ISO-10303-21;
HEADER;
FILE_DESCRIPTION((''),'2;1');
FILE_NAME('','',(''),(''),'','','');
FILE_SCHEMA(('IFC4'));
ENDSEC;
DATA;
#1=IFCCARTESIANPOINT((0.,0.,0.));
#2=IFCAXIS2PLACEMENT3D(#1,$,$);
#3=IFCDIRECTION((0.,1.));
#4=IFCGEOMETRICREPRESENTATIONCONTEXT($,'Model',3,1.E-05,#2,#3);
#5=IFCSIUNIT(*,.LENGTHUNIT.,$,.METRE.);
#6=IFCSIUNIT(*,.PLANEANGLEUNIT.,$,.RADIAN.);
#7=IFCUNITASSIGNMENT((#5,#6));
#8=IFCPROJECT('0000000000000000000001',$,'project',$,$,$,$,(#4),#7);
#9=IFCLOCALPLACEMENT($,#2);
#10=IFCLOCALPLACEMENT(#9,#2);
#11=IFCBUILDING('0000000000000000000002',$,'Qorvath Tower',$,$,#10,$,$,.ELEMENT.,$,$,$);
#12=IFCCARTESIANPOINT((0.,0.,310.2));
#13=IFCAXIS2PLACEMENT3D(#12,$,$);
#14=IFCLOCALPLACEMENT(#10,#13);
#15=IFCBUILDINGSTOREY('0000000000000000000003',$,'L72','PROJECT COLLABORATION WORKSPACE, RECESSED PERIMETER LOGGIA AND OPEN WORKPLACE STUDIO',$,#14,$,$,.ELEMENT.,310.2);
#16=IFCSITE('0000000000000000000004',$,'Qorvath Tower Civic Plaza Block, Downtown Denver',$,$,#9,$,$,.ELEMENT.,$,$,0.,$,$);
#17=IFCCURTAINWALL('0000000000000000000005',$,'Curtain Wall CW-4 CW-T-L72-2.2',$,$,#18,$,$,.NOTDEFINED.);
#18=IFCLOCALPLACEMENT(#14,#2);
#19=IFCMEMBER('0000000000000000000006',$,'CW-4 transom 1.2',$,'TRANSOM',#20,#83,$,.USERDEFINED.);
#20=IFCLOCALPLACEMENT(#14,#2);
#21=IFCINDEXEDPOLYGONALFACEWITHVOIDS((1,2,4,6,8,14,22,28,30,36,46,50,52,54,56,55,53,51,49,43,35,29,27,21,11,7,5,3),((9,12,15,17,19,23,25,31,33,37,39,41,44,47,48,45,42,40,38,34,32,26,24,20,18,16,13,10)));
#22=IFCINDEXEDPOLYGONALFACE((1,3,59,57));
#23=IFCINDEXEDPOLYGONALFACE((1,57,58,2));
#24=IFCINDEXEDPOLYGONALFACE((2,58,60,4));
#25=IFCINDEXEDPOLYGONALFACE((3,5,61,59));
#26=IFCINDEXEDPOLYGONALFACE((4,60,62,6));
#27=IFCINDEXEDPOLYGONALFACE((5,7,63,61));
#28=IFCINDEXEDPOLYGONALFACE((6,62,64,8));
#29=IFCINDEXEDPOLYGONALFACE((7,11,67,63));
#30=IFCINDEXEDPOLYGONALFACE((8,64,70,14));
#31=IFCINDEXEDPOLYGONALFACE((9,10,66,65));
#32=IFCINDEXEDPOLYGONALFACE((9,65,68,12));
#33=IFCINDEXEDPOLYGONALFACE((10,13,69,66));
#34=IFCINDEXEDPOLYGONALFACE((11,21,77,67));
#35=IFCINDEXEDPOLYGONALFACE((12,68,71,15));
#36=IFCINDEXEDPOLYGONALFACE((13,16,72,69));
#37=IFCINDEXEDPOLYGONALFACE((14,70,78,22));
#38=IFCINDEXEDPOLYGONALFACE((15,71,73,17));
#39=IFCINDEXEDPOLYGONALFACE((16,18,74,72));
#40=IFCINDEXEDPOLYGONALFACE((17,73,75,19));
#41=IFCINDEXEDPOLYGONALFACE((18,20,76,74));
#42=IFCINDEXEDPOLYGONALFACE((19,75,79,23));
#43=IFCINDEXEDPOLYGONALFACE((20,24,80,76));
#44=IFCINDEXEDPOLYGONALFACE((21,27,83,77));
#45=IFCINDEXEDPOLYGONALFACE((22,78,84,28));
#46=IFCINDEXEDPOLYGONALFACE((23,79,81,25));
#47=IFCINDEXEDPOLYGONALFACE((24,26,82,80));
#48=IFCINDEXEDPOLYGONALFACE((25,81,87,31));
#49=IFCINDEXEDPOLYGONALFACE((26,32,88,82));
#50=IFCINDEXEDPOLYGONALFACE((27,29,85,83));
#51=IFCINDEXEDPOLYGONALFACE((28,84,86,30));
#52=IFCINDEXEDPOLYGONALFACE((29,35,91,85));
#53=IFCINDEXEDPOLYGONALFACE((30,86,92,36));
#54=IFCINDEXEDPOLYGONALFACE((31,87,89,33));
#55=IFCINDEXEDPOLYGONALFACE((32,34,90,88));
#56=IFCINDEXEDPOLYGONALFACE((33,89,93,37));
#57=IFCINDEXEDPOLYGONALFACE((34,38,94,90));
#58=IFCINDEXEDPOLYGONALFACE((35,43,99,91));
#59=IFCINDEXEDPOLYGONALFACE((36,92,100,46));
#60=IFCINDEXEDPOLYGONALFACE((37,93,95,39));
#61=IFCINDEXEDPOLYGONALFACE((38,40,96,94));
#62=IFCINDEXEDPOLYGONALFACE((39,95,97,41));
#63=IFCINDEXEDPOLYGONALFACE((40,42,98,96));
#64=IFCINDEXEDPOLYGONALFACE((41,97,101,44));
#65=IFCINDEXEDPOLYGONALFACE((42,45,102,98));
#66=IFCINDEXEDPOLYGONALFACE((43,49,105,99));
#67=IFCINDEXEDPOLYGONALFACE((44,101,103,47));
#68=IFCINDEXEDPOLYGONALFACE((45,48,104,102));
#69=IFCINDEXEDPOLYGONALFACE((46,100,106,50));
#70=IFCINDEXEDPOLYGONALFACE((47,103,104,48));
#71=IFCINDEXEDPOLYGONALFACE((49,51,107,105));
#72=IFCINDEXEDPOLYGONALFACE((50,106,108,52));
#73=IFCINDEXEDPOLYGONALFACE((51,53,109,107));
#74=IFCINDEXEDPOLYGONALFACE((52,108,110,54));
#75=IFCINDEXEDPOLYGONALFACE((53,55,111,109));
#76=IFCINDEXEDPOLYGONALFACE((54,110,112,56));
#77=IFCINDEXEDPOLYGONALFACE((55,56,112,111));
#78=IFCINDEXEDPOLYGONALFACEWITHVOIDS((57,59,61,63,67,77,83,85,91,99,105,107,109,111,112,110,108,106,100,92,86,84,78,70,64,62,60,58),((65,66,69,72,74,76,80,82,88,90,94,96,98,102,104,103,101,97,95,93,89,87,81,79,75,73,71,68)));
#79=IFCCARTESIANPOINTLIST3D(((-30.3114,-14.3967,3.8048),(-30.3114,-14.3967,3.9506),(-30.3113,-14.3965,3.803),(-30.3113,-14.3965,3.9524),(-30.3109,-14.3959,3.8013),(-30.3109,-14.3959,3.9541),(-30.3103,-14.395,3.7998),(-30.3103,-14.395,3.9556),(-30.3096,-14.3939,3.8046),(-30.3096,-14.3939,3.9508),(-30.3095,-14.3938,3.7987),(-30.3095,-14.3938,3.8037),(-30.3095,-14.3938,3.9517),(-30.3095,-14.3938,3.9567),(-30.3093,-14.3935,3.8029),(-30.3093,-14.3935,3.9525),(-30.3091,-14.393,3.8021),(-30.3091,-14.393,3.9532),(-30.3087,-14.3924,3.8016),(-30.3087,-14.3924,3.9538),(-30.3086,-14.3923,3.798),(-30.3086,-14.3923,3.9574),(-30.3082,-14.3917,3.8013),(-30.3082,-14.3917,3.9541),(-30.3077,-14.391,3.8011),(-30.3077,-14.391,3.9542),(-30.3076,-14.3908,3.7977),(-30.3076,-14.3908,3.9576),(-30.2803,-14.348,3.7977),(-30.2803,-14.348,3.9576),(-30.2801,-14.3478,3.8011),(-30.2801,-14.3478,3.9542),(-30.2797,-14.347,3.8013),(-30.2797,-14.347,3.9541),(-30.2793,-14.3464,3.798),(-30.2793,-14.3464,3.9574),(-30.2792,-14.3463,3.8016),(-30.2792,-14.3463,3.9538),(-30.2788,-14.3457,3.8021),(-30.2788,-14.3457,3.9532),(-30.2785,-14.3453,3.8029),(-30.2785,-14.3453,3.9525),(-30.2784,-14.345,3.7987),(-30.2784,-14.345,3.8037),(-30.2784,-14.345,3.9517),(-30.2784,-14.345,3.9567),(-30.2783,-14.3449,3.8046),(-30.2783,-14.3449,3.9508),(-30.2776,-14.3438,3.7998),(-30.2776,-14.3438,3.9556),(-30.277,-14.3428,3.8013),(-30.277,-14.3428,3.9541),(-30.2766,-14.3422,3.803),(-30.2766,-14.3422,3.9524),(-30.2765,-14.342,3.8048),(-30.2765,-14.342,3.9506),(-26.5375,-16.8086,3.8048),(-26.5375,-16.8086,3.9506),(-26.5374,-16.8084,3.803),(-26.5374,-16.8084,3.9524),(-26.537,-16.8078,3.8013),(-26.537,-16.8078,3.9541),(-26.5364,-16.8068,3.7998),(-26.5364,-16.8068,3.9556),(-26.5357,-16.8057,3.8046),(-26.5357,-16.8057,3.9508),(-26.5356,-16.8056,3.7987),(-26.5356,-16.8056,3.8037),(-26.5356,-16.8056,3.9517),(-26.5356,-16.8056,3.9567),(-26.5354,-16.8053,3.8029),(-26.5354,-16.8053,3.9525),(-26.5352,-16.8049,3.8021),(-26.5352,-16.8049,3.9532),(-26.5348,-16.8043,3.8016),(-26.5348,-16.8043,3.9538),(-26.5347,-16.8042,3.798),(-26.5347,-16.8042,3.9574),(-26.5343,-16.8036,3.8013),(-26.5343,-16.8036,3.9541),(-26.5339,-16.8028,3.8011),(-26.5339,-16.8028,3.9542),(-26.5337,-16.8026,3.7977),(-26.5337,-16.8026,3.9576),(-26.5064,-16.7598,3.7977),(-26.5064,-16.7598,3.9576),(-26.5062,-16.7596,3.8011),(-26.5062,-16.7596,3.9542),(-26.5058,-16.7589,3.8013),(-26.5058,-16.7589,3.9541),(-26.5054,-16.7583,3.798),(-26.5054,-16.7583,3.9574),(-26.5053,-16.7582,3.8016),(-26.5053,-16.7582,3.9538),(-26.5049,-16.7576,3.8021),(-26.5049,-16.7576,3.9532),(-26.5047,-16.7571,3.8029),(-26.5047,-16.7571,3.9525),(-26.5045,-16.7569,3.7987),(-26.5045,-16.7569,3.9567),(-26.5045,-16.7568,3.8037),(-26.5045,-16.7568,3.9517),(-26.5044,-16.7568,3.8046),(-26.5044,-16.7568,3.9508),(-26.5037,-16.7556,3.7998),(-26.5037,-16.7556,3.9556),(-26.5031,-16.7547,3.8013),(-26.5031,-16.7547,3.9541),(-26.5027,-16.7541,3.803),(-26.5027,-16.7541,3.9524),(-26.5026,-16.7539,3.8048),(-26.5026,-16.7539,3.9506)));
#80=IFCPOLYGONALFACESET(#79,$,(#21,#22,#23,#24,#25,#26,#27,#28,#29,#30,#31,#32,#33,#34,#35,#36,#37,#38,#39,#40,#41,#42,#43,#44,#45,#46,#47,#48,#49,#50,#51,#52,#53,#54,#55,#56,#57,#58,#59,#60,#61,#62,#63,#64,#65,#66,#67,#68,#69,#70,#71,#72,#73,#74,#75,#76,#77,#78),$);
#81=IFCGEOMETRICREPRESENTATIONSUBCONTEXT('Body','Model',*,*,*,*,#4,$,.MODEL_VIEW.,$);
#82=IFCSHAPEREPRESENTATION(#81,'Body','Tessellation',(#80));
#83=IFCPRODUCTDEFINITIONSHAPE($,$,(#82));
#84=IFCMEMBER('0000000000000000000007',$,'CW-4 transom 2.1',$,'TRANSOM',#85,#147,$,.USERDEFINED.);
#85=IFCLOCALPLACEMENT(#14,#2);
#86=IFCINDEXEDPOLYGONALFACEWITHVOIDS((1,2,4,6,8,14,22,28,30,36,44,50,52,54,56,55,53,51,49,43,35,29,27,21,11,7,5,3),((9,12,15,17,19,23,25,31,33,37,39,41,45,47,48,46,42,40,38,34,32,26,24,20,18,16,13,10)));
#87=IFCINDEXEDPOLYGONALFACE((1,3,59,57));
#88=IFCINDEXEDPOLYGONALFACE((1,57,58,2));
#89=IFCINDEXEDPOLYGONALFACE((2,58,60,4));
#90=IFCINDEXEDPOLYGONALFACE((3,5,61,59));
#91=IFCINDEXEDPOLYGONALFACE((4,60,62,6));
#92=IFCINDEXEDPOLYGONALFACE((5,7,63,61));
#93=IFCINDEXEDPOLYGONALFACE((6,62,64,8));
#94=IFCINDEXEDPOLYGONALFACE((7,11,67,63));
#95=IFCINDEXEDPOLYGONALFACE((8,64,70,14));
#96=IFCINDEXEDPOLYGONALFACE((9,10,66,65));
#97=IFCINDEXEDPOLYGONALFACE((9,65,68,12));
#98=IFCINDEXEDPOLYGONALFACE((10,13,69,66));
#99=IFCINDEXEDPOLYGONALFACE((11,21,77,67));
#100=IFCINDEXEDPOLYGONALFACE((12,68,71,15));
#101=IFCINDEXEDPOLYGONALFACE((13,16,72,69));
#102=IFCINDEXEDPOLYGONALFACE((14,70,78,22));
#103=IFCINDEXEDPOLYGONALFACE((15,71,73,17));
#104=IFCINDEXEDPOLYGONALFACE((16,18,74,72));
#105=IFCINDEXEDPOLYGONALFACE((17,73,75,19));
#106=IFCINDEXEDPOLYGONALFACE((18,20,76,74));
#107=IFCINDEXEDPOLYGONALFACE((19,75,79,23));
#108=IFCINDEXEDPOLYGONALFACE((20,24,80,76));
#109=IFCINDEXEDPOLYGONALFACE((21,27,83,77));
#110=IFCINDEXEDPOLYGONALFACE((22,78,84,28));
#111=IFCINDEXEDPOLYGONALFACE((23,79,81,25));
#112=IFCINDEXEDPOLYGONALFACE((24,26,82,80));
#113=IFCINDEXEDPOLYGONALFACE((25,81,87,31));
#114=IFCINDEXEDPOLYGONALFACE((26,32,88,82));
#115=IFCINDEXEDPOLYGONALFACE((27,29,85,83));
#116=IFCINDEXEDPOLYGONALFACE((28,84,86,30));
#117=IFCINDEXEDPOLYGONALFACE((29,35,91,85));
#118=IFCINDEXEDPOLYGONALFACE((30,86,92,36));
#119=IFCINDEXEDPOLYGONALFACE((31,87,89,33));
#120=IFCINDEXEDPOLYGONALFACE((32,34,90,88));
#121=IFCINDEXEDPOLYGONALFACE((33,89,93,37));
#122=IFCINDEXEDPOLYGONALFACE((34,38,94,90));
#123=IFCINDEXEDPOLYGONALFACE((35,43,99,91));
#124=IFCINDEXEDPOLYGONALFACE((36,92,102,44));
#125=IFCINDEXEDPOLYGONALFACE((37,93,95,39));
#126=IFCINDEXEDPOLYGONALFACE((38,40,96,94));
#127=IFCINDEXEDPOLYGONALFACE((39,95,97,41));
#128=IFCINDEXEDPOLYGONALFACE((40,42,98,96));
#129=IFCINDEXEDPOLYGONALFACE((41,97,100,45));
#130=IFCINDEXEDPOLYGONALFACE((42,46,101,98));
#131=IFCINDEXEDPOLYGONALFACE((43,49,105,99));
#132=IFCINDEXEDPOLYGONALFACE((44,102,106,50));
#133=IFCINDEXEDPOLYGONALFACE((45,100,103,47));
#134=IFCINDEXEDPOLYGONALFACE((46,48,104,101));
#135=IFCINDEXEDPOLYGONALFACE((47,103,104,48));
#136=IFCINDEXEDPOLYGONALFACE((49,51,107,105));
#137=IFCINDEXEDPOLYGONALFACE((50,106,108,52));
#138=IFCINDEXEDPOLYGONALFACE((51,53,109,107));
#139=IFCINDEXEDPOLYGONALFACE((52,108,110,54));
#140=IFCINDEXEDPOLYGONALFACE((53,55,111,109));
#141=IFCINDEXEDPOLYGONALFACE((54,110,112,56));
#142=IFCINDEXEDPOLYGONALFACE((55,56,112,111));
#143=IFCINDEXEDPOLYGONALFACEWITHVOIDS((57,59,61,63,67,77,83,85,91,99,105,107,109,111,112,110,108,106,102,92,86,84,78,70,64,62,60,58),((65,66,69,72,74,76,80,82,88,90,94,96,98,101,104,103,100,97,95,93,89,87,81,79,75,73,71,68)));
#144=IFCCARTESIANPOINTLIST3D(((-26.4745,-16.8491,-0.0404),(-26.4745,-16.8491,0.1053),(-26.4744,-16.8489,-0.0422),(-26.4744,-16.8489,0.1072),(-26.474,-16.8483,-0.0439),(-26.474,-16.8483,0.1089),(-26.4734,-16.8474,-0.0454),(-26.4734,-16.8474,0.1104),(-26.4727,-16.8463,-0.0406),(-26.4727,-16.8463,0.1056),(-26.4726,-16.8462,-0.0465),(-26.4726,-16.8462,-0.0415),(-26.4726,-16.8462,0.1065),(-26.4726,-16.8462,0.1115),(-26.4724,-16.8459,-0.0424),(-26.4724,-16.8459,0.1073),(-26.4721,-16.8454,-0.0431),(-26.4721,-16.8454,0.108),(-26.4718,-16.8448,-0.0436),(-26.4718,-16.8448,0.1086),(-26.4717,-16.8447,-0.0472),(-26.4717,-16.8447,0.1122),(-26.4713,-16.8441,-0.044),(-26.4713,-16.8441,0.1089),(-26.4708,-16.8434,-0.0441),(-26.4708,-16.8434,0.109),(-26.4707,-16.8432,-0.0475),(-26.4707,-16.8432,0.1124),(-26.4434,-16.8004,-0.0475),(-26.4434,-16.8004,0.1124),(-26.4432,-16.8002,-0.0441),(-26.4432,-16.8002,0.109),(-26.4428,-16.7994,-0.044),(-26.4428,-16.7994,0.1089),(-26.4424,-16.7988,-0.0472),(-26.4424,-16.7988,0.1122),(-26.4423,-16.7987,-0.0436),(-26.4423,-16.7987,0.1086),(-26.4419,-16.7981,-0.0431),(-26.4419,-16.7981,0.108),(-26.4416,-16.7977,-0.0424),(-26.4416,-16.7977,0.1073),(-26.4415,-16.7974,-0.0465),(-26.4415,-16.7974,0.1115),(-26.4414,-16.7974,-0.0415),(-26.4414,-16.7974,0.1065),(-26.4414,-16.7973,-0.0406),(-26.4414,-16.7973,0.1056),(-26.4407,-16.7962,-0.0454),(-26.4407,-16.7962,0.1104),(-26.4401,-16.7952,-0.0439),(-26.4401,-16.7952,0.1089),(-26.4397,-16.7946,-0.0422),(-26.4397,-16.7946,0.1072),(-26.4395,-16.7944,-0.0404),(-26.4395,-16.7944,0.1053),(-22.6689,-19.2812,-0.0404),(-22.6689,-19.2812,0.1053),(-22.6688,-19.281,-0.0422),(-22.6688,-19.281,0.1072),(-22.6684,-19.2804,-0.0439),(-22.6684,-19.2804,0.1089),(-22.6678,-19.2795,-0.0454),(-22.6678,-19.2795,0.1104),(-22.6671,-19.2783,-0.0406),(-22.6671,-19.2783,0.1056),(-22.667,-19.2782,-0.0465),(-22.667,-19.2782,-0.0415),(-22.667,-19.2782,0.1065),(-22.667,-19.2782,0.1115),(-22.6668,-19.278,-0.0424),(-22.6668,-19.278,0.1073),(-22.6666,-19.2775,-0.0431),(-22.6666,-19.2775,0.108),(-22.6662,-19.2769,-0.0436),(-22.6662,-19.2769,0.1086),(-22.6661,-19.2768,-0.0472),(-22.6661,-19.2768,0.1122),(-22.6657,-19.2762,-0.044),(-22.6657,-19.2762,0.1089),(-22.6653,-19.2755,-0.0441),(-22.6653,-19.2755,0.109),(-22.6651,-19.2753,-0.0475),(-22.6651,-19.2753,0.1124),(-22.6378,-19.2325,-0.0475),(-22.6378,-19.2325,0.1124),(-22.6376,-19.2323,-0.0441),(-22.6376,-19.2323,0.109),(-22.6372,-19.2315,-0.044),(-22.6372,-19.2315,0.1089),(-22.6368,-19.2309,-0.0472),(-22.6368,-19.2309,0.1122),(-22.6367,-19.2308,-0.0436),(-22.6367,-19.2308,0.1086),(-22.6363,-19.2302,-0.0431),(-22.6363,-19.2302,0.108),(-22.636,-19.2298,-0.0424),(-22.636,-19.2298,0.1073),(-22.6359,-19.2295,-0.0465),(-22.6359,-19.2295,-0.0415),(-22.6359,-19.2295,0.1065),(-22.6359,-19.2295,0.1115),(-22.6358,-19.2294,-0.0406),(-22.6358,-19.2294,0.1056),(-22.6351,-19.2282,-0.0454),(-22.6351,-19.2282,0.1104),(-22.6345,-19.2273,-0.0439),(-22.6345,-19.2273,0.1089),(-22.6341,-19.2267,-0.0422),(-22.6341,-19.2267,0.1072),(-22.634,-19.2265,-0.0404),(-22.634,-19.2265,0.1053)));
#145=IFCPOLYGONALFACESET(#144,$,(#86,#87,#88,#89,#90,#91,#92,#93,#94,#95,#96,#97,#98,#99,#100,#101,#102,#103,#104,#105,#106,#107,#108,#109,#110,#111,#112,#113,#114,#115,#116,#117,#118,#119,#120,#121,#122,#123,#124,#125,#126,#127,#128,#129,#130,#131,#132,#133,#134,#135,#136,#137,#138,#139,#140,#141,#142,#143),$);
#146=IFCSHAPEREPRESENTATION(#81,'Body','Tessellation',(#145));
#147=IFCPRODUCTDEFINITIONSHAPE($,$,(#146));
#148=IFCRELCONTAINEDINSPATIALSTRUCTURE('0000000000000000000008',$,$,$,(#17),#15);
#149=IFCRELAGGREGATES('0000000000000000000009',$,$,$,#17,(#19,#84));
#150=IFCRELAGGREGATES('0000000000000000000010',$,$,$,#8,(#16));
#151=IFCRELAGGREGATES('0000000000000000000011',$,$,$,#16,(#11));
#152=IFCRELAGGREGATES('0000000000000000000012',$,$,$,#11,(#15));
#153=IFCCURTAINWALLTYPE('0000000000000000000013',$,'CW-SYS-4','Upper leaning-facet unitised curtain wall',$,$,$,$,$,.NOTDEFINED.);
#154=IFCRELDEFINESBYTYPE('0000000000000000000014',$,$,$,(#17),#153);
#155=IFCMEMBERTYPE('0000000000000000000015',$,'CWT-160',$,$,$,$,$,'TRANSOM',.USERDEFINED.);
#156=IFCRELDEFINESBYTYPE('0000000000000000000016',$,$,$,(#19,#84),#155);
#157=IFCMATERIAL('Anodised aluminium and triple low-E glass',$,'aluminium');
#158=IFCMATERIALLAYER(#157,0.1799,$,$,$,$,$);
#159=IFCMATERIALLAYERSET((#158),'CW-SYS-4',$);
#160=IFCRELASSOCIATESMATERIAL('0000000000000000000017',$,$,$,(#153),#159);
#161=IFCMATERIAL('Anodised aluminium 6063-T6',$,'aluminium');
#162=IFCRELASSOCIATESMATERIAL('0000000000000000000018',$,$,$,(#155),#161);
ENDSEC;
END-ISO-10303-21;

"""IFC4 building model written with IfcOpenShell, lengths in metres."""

from ifc_helpers import new_model, si_unit, direction, frame, origin, origin_2d, place, context, subcontext, project, spatial, hollow_rectangle, extrude, material, layer, layer_set, material_profile, profile_set, type_object, element, aggregate, save


model = new_model("IFC4")

# Units and contexts
model_context = context("Model", 3, precision=1e-05, world=origin(), true_north=direction((0.0, 1.0)))
body_context = subcontext(model_context, "Body", "Model", "MODEL_VIEW")
ifc_project = project(units=[si_unit("LENGTHUNIT", "METRE"), si_unit("PLANEANGLEUNIT", "RADIAN")], contexts=[model_context])

# Site, building, storey
site_placement = place(None, origin())
site = spatial("IfcSite", under=ifc_project, at=site_placement, Name="Qorvath Tower Civic Plaza Block, Downtown Denver", CompositionType="ELEMENT", RefElevation=0.0)
building_placement = place(site_placement, origin())
building = spatial("IfcBuilding", under=site, at=building_placement, Name="Qorvath Tower", CompositionType="ELEMENT")
storey_placement = place(building_placement, frame((0.0, 0.0, 310.2)))
storey = spatial("IfcBuildingStorey", under=building, at=storey_placement, Name="L72", Description="PROJECT COLLABORATION WORKSPACE, RECESSED PERIMETER LOGGIA AND OPEN WORKPLACE STUDIO", CompositionType="ELEMENT", Elevation=310.2)

# Curtain wall, members
ifc_material_1 = material(Name="Anodised aluminium and triple low-E glass", Category="aluminium")
ifc_layer_1 = layer(ifc_material_1, 0.1799)
ifc_layer_set_1 = layer_set([ifc_layer_1], Name="CW-SYS-4")
curtain_wall_type = type_object("IfcCurtainWallType", Name="CW-SYS-4", Description="Upper leaning-facet unitised curtain wall", PredefinedType="NOTDEFINED", material=ifc_layer_set_1)
curtain_wall_placement = place(storey_placement, origin())
curtain_wall = element("IfcCurtainWall", 1, at=curtain_wall_placement, inside=storey, type_object=curtain_wall_type, Name="Curtain Wall CW-4 CW-T-L72-2.2", PredefinedType="NOTDEFINED")
ifc_material_2 = material(Name="Anodised aluminium 6063-T6", Category="aluminium")
ifc_material_profile_1 = material_profile(ifc_material_2, hollow_rectangle(XDim=0.0649, YDim=0.1599, WallThickness=0.0034, InnerFilletRadius=0.0034, OuterFilletRadius=0.0071, at=origin_2d()), Name="CWT 160x65")
ifc_profile_set_1 = profile_set([ifc_material_profile_1], Name="Anodised aluminium 6063-T6")
member_type_1 = type_object("IfcMemberType", Name="CWT-160", ElementType="TRANSOM", PredefinedType="USERDEFINED", material=ifc_profile_set_1)
member_1_placement = place(storey_placement, frame((-30.2939, -14.3694, 3.8777), z_axis=(0.842621, -0.538508, 0.0), x_axis=(0.538508, 0.842621, 0.0)))
member_1 = element("IfcMember", 2, at=member_1_placement, type_object=member_type_1, Name="CW-4 transom 1.2", ObjectType="TRANSOM", PredefinedType="USERDEFINED", context=body_context, shape_type="SweptSolid", body=[
    extrude(hollow_rectangle(XDim=0.0649, YDim=0.1599, WallThickness=0.0034, InnerFilletRadius=0.0034, OuterFilletRadius=0.0071, at=origin_2d()), origin(), (0.0, 0.0, 1.0), 4.4788),
])
member_2_placement = place(storey_placement, frame((-26.457, -16.8218, 0.0325), z_axis=(0.842623, -0.538504, 0.0), x_axis=(0.538504, 0.842623, 0.0)))
member_2 = element("IfcMember", 3, at=member_2_placement, type_object=member_type_1, Name="CW-4 transom 2.1", ObjectType="TRANSOM", PredefinedType="USERDEFINED", context=body_context, shape_type="SweptSolid", body=[
    extrude(hollow_rectangle(XDim=0.0649, YDim=0.1599, WallThickness=0.0034, InnerFilletRadius=0.0034, OuterFilletRadius=0.0071, at=origin_2d()), origin(), (0.0, 0.0, 1.0), 4.5164),
])
aggregate(curtain_wall, [member_1, member_2])

save(model, "model.ifc")
